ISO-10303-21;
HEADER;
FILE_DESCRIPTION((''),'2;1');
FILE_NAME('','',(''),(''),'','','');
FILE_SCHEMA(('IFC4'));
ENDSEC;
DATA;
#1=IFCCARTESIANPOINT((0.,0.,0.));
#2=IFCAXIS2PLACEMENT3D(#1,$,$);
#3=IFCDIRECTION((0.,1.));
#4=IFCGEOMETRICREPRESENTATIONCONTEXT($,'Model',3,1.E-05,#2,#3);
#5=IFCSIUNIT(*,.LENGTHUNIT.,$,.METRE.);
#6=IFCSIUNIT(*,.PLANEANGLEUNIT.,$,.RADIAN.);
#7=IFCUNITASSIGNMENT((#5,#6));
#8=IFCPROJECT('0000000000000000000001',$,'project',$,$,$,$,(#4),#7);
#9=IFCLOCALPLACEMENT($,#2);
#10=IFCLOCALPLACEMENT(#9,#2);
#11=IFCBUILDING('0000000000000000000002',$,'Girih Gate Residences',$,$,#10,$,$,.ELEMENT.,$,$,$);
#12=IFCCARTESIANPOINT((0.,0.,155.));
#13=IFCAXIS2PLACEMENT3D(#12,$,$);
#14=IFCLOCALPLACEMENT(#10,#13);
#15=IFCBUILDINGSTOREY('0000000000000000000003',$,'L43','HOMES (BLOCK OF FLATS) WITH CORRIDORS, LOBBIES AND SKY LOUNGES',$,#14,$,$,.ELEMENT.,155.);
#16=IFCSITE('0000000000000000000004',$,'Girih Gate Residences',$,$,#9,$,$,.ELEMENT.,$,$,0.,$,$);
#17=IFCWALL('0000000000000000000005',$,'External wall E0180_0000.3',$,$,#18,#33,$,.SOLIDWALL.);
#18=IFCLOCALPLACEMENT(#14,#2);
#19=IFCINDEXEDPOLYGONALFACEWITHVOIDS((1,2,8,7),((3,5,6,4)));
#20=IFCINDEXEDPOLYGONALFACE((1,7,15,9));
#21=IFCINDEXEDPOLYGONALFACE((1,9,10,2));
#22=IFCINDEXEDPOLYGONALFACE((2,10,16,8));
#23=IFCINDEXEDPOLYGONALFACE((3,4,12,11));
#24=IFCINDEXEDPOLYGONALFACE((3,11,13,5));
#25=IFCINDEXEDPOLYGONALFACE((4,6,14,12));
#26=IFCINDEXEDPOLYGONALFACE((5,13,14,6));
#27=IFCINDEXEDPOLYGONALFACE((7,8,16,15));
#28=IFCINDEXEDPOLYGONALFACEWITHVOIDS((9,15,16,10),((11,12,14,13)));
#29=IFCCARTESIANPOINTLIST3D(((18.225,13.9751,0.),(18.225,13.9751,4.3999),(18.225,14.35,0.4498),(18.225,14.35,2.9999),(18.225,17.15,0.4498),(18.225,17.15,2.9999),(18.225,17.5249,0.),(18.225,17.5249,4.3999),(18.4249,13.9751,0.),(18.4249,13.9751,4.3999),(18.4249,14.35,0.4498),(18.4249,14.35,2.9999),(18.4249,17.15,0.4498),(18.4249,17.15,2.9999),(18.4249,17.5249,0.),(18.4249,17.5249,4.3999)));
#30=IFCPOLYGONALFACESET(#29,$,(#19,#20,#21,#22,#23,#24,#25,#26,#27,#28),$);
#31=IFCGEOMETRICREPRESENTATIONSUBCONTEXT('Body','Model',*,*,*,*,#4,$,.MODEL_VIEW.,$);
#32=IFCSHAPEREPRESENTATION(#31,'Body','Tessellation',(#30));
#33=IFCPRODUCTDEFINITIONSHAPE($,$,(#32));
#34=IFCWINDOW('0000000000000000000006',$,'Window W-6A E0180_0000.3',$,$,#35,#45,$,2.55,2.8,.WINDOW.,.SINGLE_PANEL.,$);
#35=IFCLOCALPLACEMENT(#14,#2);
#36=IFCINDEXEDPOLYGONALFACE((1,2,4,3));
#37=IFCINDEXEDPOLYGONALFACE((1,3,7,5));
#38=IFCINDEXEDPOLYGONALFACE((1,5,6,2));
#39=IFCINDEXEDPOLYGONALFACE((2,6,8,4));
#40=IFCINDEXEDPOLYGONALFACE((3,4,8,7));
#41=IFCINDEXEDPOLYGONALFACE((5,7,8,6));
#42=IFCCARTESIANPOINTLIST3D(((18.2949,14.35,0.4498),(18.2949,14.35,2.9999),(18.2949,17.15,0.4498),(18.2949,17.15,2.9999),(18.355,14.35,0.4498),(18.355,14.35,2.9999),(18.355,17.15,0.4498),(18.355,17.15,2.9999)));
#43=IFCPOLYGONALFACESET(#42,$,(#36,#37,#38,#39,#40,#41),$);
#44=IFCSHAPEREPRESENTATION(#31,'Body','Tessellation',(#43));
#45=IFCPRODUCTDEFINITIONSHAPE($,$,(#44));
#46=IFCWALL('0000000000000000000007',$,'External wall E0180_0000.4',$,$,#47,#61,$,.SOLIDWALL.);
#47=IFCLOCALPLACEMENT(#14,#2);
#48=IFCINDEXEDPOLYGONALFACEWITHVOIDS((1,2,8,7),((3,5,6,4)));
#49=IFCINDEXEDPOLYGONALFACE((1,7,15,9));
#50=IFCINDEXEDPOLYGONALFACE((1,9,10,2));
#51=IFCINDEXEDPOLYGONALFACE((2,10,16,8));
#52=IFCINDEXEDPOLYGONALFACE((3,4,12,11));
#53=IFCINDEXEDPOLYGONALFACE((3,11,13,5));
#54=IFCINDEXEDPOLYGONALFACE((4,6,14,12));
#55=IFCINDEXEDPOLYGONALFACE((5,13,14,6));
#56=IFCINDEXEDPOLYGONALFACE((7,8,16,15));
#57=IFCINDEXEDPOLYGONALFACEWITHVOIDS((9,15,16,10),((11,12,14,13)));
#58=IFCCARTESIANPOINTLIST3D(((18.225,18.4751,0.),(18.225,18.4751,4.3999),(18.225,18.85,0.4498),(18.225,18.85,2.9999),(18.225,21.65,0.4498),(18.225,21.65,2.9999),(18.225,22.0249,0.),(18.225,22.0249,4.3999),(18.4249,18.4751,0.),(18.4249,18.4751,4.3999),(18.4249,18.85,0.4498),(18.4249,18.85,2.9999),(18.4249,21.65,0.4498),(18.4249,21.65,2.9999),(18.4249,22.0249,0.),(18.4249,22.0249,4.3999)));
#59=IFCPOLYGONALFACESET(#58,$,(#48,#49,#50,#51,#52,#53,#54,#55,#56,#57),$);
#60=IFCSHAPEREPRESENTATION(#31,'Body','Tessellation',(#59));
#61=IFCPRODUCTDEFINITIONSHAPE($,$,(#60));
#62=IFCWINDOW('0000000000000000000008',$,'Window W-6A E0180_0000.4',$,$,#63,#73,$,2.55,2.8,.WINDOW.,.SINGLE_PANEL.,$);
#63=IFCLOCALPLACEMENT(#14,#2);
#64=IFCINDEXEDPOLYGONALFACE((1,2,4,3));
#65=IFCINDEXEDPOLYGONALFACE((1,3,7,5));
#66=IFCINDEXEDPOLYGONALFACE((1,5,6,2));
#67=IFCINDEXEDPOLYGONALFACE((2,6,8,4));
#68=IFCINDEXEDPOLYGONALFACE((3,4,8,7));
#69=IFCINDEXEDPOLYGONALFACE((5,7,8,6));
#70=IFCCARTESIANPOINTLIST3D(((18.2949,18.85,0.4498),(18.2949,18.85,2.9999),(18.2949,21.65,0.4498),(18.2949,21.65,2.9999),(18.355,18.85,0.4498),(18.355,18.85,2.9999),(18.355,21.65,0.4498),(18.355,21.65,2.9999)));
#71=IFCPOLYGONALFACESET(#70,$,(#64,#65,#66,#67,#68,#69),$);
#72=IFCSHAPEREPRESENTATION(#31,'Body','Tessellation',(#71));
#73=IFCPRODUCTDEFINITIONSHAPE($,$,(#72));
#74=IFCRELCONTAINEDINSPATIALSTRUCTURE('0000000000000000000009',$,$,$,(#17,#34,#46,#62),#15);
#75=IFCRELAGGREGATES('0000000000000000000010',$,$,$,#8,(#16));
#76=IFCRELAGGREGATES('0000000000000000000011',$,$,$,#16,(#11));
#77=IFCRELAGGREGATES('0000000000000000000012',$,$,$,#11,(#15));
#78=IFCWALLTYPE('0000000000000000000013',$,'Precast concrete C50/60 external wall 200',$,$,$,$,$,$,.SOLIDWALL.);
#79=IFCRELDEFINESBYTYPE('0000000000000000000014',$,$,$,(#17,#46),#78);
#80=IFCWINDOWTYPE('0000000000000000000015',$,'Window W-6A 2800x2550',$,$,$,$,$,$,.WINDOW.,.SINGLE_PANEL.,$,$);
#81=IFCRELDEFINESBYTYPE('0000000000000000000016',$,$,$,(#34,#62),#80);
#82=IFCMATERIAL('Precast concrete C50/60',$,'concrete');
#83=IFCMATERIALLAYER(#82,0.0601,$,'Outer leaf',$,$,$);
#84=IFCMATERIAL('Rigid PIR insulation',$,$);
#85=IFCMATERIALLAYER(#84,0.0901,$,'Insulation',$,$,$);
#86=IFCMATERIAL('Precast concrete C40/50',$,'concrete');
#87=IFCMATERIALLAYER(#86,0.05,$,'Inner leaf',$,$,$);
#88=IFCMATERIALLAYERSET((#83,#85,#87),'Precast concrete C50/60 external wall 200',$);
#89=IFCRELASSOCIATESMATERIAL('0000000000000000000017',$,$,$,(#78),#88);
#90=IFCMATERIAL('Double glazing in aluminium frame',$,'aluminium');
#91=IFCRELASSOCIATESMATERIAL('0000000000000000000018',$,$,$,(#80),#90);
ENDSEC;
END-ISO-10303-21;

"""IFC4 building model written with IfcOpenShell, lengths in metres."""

from ifc_helpers import new_model, si_unit, direction, frame, frame_2d, origin, place, context, subcontext, project, spatial, rectangle, extrude, material, layer, layer_set, type_object, element, fill, save


model = new_model("IFC4")

# Units and contexts
model_context = context("Model", 3, precision=1e-05, world=origin(), true_north=direction((0.0, 1.0)))
body_context = subcontext(model_context, "Body", "Model", "MODEL_VIEW")
ifc_project = project(units=[si_unit("LENGTHUNIT", "METRE"), si_unit("PLANEANGLEUNIT", "RADIAN")], contexts=[model_context])

# Site, building, storey
site_placement = place(None, origin())
site = spatial("IfcSite", under=ifc_project, at=site_placement, Name="Girih Gate Residences", CompositionType="ELEMENT", RefElevation=0.0)
building_placement = place(site_placement, origin())
building = spatial("IfcBuilding", under=site, at=building_placement, Name="Girih Gate Residences", CompositionType="ELEMENT")
storey_placement = place(building_placement, frame((0.0, 0.0, 155.0)))
storey = spatial("IfcBuildingStorey", under=building, at=storey_placement, Name="L43", Description="HOMES (BLOCK OF FLATS) WITH CORRIDORS, LOBBIES AND SKY LOUNGES", CompositionType="ELEMENT", Elevation=155.0)

# Walls, openings, windows
ifc_material_1 = material(Name="Precast concrete C50/60", Category="concrete")
ifc_layer_1 = layer(ifc_material_1, 0.0601, Name="Outer leaf")
ifc_material_2 = material(Name="Rigid PIR insulation")
ifc_layer_2 = layer(ifc_material_2, 0.0901, Name="Insulation")
ifc_material_3 = material(Name="Precast concrete C40/50", Category="concrete")
ifc_layer_3 = layer(ifc_material_3, 0.05, Name="Inner leaf")
ifc_layer_set_1 = layer_set([ifc_layer_1, ifc_layer_2, ifc_layer_3], Name="Precast concrete C50/60 external wall 200")
wall_type_1 = type_object("IfcWallType", Name="Precast concrete C50/60 external wall 200", PredefinedType="SOLIDWALL", material=ifc_layer_set_1)
ifc_material_4 = material(Name="Double glazing in aluminium frame", Category="aluminium")
window_type = type_object("IfcWindowType", Name="Window W-6A 2800x2550", PartitioningType="SINGLE_PANEL", PredefinedType="WINDOW", material=ifc_material_4)
wall_1_placement = place(storey_placement, frame((18.325, 17.5249, 0.0), z_axis=(0.0, 0.0, 1.0), x_axis=(0.0, -1.0, 0.0)))
wall_1 = element("IfcWall", 1, at=wall_1_placement, inside=storey, type_object=wall_type_1, Name="External wall E0180_0000.3", PredefinedType="SOLIDWALL", context=body_context, shape_type="SweptSolid", body=[
    extrude(rectangle(XDim=3.5498, YDim=0.2, at=frame_2d((1.7749, 0.0))), origin(), (0.0, 0.0, 1.0), 4.3999),
])
opening_1_placement = place(wall_1_placement, frame((0.375, 0.0, 0.45)))
opening_1 = element("IfcOpeningElement", 2, at=opening_1_placement, cuts=wall_1, PredefinedType="OPENING", context=body_context, shape_type="SweptSolid", body=[
    extrude(rectangle(XDim=2.8, YDim=2.55, at=frame_2d((1.3999, 1.2749))), frame((0.0, 0.1099, 0.0), z_axis=(0.0, -1.0, 0.0), x_axis=(1.0, 0.0, 0.0)), (0.0, 0.0, 1.0), 0.22),
])
window_1_placement = place(opening_1_placement, origin())
window_1 = element("IfcWindow", 3, at=window_1_placement, inside=storey, type_object=window_type, Name="Window W-6A E0180_0000.3", OverallHeight=2.55, OverallWidth=2.8, PartitioningType="SINGLE_PANEL", PredefinedType="WINDOW", context=body_context, shape_type="SweptSolid", body=[
    extrude(rectangle(XDim=2.8, YDim=2.55, at=frame_2d((1.3999, 1.2749))), frame((0.0, 0.03, 0.0), z_axis=(0.0, -1.0, 0.0), x_axis=(1.0, 0.0, 0.0)), (0.0, 0.0, 1.0), 0.0601),
])
fill(opening_1, window_1)
wall_2_placement = place(storey_placement, frame((18.325, 22.0249, 0.0), z_axis=(0.0, 0.0, 1.0), x_axis=(0.0, -1.0, 0.0)))
wall_2 = element("IfcWall", 4, at=wall_2_placement, inside=storey, type_object=wall_type_1, Name="External wall E0180_0000.4", PredefinedType="SOLIDWALL", context=body_context, shape_type="SweptSolid", body=[
    extrude(rectangle(XDim=3.5498, YDim=0.2, at=frame_2d((1.7749, 0.0))), origin(), (0.0, 0.0, 1.0), 4.3999),
])
opening_2_placement = place(wall_2_placement, frame((0.375, 0.0, 0.45)))
opening_2 = element("IfcOpeningElement", 5, at=opening_2_placement, cuts=wall_2, PredefinedType="OPENING", context=body_context, shape_type="SweptSolid", body=[
    extrude(rectangle(XDim=2.8, YDim=2.55, at=frame_2d((1.3999, 1.2749))), frame((0.0, 0.1099, 0.0), z_axis=(0.0, -1.0, 0.0), x_axis=(1.0, 0.0, 0.0)), (0.0, 0.0, 1.0), 0.22),
])
window_2_placement = place(opening_2_placement, origin())
window_2 = element("IfcWindow", 6, at=window_2_placement, inside=storey, type_object=window_type, Name="Window W-6A E0180_0000.4", OverallHeight=2.55, OverallWidth=2.8, PartitioningType="SINGLE_PANEL", PredefinedType="WINDOW", context=body_context, shape_type="SweptSolid", body=[
    extrude(rectangle(XDim=2.8, YDim=2.55, at=frame_2d((1.3999, 1.2749))), frame((0.0, 0.03, 0.0), z_axis=(0.0, -1.0, 0.0), x_axis=(1.0, 0.0, 0.0)), (0.0, 0.0, 1.0), 0.0601),
])
fill(opening_2, window_2)

save(model, "model.ifc")
